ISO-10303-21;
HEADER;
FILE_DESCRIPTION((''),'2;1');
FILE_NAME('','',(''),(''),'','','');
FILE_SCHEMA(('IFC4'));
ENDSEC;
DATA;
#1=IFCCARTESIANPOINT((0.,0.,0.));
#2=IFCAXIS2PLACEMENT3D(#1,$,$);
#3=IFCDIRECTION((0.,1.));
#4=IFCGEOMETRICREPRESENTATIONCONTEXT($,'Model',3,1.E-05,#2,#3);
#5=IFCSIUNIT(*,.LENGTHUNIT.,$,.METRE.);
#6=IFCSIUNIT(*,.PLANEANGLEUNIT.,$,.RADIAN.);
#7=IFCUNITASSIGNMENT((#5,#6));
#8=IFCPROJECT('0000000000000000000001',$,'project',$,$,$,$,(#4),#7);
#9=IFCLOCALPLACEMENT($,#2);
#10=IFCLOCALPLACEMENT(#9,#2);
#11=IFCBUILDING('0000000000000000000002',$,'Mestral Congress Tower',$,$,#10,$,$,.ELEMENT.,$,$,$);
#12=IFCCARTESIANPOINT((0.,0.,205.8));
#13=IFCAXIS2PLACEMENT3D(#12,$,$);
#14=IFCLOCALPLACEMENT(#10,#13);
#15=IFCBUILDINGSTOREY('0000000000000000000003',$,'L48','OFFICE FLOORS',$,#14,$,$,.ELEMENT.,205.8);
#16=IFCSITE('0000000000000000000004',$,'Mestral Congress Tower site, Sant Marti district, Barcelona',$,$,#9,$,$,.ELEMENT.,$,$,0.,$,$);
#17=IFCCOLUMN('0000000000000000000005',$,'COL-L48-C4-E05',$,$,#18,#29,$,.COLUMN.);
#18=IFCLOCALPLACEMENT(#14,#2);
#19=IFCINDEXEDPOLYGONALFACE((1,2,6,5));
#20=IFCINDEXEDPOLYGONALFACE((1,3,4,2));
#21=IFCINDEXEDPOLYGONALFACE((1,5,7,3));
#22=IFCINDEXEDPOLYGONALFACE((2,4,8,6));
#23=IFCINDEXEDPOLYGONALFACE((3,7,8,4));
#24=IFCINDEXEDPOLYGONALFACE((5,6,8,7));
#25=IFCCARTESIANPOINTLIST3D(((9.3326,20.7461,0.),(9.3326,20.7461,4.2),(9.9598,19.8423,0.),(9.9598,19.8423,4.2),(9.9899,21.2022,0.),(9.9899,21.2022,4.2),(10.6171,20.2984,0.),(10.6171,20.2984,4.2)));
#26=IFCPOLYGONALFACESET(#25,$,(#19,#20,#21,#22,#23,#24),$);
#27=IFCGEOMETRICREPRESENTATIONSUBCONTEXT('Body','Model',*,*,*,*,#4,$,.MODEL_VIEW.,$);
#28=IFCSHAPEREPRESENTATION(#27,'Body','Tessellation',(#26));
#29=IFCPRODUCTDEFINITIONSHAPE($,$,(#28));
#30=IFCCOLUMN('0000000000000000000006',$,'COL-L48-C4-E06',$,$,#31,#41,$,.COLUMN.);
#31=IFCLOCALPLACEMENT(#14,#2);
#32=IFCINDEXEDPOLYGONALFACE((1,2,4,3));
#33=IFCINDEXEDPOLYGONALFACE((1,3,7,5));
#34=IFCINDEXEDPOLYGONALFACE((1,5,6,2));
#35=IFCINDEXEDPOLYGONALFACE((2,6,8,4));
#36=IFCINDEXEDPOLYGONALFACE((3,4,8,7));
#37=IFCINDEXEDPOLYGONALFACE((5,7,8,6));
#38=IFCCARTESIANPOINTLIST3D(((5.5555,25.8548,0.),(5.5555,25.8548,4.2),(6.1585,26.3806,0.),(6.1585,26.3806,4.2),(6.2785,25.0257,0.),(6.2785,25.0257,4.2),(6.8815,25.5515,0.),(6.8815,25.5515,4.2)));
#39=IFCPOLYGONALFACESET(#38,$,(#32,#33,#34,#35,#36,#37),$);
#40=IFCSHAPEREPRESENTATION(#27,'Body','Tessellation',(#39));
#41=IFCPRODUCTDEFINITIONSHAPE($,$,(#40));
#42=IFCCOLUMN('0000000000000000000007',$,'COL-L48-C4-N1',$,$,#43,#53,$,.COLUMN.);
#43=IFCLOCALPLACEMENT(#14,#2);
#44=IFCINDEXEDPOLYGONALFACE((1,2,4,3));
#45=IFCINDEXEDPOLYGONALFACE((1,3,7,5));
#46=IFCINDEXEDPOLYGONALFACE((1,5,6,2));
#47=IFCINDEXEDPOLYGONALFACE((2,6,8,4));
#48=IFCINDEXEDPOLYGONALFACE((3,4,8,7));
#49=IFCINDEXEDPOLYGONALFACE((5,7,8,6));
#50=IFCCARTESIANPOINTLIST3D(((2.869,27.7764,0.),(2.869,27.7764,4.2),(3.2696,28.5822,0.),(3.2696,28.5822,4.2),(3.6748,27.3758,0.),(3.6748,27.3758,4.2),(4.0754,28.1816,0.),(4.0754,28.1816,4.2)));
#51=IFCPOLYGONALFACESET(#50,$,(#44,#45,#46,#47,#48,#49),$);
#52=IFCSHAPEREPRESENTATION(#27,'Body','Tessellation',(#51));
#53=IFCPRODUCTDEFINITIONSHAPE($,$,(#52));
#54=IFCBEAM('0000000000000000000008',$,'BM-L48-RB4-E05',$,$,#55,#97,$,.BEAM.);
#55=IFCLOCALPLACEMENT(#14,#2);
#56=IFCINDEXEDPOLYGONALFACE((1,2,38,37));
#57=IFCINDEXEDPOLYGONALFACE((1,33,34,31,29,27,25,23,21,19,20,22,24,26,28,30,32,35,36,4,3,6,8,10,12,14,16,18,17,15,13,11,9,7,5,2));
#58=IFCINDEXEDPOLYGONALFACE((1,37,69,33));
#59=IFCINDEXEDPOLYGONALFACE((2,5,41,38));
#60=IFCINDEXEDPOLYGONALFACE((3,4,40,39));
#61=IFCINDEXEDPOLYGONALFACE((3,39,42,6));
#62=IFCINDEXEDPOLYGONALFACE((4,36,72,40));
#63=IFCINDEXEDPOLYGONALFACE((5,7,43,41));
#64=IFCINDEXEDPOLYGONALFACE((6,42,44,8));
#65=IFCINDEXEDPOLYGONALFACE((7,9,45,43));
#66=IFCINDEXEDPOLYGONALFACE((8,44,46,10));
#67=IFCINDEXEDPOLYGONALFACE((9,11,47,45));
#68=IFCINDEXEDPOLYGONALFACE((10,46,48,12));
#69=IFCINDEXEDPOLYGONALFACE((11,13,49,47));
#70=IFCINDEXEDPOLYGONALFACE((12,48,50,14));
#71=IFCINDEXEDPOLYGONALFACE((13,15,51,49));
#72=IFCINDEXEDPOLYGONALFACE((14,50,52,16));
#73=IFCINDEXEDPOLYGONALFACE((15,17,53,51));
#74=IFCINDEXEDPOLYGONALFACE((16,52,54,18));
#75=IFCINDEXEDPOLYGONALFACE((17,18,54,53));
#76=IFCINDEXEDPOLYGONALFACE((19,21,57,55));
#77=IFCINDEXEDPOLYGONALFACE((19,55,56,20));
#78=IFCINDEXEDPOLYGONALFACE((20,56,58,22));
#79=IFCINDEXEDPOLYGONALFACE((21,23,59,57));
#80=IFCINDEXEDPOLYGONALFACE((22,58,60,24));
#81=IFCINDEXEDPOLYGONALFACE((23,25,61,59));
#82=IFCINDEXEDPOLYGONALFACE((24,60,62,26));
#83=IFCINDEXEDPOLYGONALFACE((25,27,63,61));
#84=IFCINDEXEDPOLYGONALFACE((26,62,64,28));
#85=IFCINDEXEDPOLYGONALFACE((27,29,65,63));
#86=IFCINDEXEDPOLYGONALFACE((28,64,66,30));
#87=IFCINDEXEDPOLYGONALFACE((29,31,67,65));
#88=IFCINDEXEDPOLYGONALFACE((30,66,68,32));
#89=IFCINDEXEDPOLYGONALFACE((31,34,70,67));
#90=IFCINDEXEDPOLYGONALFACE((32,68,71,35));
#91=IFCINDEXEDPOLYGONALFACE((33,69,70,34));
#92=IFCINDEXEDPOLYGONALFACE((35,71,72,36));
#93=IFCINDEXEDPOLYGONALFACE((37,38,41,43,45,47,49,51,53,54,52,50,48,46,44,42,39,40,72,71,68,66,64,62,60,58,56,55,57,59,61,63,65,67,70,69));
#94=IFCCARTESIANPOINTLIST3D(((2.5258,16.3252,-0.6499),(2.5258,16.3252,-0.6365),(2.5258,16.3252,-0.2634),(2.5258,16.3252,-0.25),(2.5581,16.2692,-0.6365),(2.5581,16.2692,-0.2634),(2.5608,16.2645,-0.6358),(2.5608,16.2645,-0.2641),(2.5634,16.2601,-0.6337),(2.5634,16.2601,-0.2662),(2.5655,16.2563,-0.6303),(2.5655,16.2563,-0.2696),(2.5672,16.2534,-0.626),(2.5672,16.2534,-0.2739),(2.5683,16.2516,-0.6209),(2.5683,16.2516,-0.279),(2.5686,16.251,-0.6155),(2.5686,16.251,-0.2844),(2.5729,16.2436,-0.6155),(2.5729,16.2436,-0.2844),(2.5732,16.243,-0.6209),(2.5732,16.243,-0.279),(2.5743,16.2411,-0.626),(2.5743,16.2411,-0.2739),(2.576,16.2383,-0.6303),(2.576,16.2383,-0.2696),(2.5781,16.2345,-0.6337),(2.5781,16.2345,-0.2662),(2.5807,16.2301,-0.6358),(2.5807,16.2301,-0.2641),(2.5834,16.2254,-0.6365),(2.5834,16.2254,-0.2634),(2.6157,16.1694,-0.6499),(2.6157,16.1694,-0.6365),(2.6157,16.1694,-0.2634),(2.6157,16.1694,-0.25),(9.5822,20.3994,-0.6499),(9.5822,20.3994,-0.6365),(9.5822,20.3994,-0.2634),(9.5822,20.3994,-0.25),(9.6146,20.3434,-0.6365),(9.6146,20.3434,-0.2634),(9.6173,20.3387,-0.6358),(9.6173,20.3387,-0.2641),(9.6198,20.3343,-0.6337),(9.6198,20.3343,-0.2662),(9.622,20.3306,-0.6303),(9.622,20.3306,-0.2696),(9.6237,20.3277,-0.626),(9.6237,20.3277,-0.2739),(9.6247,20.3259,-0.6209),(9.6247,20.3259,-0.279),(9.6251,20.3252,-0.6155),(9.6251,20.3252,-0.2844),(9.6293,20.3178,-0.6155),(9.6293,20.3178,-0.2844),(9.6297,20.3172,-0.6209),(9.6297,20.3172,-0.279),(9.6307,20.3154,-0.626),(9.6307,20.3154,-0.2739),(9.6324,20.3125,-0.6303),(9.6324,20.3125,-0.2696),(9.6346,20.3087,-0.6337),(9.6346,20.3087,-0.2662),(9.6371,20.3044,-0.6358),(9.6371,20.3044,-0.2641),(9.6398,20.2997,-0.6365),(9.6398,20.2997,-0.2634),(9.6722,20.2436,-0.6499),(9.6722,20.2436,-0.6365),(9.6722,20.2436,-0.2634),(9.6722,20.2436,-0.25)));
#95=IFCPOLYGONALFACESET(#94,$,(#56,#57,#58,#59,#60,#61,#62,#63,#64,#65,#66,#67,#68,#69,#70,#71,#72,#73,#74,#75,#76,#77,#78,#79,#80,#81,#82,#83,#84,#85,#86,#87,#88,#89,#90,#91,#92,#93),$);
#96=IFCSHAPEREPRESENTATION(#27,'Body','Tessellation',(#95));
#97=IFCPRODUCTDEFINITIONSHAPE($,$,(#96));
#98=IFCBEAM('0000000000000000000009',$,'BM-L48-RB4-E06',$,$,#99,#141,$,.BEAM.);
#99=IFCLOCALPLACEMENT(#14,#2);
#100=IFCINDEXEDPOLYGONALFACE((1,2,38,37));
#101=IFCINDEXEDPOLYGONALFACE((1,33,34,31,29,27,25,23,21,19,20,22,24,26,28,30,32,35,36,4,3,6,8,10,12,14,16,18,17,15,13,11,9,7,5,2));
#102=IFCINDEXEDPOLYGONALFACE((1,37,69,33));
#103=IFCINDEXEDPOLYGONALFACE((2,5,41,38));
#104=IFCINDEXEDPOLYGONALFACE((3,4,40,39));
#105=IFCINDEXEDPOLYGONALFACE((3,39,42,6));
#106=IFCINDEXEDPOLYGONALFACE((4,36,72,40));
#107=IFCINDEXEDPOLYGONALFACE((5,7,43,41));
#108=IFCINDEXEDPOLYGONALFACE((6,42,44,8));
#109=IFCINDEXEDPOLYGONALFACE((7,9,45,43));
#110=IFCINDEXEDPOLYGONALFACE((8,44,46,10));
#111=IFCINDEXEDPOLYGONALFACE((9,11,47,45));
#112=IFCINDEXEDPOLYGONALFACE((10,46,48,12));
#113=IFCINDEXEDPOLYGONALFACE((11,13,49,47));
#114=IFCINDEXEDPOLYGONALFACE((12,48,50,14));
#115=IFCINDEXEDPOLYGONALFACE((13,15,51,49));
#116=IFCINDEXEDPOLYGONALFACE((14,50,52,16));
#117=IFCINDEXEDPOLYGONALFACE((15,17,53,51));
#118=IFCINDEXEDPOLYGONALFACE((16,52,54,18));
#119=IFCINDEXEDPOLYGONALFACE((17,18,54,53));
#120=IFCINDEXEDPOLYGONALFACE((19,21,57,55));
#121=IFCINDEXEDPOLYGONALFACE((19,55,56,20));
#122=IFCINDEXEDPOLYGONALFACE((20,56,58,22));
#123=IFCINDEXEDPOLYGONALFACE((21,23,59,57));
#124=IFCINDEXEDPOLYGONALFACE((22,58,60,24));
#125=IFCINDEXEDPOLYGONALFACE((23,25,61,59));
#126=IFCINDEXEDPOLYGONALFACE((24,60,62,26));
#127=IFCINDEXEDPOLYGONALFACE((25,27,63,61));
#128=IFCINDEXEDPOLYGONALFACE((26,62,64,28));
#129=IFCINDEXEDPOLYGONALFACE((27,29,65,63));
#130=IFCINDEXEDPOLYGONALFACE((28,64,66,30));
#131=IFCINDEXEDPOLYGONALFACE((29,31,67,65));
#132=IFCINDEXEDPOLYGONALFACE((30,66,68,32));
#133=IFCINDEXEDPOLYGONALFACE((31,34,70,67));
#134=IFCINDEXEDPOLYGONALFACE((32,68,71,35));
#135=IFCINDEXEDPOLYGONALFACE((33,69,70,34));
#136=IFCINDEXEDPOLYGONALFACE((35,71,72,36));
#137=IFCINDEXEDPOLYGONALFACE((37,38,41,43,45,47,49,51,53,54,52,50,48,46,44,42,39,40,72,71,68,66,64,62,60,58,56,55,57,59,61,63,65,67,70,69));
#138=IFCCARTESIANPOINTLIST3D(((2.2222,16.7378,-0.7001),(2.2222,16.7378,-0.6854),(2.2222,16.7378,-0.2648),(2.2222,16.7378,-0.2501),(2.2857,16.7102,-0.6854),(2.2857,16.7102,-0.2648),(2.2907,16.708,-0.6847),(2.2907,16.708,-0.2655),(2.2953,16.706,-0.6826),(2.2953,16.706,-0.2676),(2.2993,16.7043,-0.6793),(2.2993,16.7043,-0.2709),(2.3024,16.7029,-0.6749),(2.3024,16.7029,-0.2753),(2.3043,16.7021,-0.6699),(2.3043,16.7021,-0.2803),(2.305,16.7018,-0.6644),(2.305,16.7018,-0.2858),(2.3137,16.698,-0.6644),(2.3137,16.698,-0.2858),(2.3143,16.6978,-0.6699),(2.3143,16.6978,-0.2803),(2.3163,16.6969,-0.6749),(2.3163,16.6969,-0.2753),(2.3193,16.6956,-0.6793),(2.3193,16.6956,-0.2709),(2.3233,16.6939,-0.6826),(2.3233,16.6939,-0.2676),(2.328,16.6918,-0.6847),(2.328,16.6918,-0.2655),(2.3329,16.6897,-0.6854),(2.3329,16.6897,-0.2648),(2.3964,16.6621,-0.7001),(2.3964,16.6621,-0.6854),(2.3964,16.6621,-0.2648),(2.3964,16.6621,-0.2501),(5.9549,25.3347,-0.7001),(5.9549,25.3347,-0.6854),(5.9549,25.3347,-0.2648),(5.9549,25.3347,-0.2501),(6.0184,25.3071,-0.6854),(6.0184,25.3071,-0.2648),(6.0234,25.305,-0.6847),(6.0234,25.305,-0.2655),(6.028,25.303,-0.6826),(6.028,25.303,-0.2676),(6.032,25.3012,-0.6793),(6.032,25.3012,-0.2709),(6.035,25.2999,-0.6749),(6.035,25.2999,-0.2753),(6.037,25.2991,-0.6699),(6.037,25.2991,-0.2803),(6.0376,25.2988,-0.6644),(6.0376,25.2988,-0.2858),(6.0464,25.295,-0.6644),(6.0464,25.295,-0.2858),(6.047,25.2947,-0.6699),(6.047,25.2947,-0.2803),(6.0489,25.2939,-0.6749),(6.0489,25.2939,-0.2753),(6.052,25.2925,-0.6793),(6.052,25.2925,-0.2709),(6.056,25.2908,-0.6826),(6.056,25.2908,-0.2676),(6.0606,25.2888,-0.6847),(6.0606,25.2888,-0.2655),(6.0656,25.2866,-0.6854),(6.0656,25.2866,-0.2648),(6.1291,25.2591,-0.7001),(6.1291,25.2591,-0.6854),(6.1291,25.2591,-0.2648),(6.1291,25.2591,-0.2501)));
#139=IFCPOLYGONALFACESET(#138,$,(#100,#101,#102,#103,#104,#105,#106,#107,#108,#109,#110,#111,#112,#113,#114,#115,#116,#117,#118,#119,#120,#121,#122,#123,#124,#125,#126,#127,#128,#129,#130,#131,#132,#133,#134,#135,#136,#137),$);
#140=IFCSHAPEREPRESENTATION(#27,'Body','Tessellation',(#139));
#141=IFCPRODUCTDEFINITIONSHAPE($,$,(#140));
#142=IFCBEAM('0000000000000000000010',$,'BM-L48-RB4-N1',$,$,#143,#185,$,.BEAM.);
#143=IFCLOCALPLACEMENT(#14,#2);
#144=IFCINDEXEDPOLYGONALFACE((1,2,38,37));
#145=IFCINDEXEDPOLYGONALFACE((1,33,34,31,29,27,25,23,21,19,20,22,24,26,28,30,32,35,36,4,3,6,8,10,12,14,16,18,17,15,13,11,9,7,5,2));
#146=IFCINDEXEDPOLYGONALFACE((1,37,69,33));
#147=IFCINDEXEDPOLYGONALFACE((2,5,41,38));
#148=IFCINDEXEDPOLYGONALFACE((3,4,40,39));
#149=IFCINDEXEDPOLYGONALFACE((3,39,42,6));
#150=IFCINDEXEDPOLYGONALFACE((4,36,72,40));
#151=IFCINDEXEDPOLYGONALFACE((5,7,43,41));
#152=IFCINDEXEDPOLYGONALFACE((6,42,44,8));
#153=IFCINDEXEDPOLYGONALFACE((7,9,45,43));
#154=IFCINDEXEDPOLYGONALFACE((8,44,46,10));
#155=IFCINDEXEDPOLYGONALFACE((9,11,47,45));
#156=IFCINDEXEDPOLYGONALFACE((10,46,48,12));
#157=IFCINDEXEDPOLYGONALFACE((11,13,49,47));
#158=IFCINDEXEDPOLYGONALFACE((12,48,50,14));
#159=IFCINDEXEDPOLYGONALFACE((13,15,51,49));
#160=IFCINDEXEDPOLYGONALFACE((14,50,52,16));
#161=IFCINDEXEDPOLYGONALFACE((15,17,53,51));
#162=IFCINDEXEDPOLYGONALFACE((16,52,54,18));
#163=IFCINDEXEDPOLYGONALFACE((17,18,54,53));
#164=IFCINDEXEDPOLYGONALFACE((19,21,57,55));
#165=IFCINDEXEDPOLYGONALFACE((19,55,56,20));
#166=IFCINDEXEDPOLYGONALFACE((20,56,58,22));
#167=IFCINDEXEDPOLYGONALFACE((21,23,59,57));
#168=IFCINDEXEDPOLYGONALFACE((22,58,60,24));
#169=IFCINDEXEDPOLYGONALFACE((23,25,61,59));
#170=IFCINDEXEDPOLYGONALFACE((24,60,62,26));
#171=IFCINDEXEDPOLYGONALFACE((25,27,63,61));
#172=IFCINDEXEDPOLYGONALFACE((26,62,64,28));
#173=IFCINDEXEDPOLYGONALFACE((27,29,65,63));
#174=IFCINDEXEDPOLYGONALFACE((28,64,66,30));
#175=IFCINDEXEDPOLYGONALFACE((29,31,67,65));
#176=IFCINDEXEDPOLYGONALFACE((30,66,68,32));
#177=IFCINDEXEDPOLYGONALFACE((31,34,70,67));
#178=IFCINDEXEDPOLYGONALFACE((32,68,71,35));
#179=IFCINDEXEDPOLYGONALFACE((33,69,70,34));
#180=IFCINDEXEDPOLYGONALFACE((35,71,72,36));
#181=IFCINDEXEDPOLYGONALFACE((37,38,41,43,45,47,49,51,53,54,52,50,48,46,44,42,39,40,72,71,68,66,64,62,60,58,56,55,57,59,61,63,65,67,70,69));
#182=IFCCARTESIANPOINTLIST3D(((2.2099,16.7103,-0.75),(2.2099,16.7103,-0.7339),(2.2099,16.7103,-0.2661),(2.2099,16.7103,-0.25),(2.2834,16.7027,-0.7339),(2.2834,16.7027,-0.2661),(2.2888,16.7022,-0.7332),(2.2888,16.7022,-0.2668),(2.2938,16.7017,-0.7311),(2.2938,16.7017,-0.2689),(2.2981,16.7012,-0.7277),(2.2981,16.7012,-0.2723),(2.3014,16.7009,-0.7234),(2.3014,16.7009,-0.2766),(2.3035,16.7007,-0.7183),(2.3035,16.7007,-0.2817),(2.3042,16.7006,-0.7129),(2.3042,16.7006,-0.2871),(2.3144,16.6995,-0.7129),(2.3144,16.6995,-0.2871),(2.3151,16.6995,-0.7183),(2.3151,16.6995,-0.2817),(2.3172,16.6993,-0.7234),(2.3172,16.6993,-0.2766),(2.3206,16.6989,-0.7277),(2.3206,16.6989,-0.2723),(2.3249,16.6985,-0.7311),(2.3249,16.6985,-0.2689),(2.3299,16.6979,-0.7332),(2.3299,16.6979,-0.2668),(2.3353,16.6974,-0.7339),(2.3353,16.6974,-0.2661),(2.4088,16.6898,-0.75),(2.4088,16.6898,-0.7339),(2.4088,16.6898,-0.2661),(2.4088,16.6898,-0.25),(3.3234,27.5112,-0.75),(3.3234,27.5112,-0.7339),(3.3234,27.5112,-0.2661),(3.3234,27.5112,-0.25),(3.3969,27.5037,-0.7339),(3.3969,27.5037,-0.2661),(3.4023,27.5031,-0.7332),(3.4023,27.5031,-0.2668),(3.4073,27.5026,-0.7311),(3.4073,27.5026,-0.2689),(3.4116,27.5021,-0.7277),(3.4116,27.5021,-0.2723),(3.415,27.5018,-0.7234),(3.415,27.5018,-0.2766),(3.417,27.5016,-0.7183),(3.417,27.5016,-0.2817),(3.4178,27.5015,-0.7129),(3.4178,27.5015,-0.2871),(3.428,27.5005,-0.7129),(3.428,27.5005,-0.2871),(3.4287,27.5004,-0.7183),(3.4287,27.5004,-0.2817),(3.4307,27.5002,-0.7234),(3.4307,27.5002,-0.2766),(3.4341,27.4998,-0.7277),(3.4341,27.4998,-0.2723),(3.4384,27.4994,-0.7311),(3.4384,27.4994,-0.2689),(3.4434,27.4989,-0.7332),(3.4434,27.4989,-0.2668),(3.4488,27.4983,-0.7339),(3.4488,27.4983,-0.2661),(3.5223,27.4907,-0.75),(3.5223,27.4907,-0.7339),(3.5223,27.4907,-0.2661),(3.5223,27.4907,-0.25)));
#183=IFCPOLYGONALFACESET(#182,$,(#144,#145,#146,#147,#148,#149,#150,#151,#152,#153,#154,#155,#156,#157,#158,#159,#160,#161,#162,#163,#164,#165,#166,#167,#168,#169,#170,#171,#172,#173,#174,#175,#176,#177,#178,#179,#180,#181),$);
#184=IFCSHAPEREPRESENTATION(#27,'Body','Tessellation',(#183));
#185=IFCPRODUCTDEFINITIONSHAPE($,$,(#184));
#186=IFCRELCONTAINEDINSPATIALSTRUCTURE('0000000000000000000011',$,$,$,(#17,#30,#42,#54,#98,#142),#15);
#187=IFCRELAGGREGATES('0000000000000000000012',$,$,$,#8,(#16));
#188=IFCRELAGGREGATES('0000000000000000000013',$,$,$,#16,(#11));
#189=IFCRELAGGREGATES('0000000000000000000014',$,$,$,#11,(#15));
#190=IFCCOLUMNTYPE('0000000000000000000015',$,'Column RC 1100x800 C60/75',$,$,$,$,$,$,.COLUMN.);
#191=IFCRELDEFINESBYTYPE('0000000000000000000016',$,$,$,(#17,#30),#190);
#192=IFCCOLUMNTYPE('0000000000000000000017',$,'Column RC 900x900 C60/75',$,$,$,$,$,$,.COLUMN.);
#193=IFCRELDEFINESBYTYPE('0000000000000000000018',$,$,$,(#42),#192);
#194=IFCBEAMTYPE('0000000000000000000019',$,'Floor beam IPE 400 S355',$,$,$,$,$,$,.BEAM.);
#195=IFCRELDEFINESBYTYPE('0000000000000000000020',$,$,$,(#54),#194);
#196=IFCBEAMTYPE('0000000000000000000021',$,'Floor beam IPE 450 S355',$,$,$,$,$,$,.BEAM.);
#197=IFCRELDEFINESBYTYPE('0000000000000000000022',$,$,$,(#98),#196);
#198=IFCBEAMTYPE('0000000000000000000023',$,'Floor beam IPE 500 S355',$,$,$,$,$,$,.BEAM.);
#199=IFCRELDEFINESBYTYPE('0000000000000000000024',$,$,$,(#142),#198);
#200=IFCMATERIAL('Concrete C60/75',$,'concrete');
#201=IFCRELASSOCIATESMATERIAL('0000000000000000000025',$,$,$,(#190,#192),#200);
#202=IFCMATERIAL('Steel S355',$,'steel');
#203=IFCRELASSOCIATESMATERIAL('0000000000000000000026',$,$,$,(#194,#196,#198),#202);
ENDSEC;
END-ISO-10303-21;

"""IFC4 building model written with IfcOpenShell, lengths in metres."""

from ifc_helpers import new_model, si_unit, direction, frame, origin, origin_2d, place, context, subcontext, project, spatial, rectangle, i_section, extrude, material, material_profile, profile_set, type_object, element, save


model = new_model("IFC4")

# Units and contexts
model_context = context("Model", 3, precision=1e-05, world=origin(), true_north=direction((0.0, 1.0)))
body_context = subcontext(model_context, "Body", "Model", "MODEL_VIEW")
ifc_project = project(units=[si_unit("LENGTHUNIT", "METRE"), si_unit("PLANEANGLEUNIT", "RADIAN")], contexts=[model_context])

# Site, building, storey
site_placement = place(None, origin())
site = spatial("IfcSite", under=ifc_project, at=site_placement, Name="Mestral Congress Tower site, Sant Marti district, Barcelona", CompositionType="ELEMENT", RefElevation=0.0)
building_placement = place(site_placement, origin())
building = spatial("IfcBuilding", under=site, at=building_placement, Name="Mestral Congress Tower", CompositionType="ELEMENT")
storey_placement = place(building_placement, frame((0.0, 0.0, 205.8)))
storey = spatial("IfcBuildingStorey", under=building, at=storey_placement, Name="L48", Description="OFFICE FLOORS", CompositionType="ELEMENT", Elevation=205.8)

# Columns
ifc_material_1 = material(Name="Concrete C60/75", Category="concrete")
ifc_material_profile_1 = material_profile(ifc_material_1, rectangle(XDim=1.1001, YDim=0.8, at=origin_2d()), Name="RC 1100x800")
ifc_profile_set_1 = profile_set([ifc_material_profile_1], Name="Concrete C60/75")
column_type_1 = type_object("IfcColumnType", Name="Column RC 1100x800 C60/75", PredefinedType="COLUMN", material=ifc_profile_set_1)
for number, where, z_axis, x_axis, name in (
    (1, (9.9749, 20.5222, 0.0), (0.0, 0.0, 1.0), (-0.570084, 0.821586, 0.0), "COL-L48-C4-E05"),
    (2, (6.2185, 25.7031, 0.0), (0.0, 0.0, 1.0), (-0.65725, 0.753672, 0.0), "COL-L48-C4-E06"),
):
    element("IfcColumn", number, at=place(storey_placement, frame(where, z_axis=z_axis, x_axis=x_axis)), inside=storey, type_object=column_type_1, Name=name, PredefinedType="COLUMN", context=body_context, shape_type="SweptSolid", body=[
        extrude(rectangle(XDim=1.1001, YDim=0.8, at=origin_2d()), origin(), (0.0, 0.0, 1.0), 4.2),
    ])
ifc_material_profile_2 = material_profile(ifc_material_1, rectangle(XDim=0.8999, YDim=0.8999, at=origin_2d()), Name="RC 900x900")
ifc_profile_set_2 = profile_set([ifc_material_profile_2], Name="Concrete C60/75")
column_type_2 = type_object("IfcColumnType", Name="Column RC 900x900 C60/75", PredefinedType="COLUMN", material=ifc_profile_set_2)
column_placement = place(storey_placement, frame((3.4722, 27.979, 0.0), z_axis=(0.0, 0.0, 1.0), x_axis=(-0.895456, 0.445149, 0.0)))
element("IfcColumn", 3, at=column_placement, inside=storey, type_object=column_type_2, Name="COL-L48-C4-N1", PredefinedType="COLUMN", context=body_context, shape_type="SweptSolid", body=[
    extrude(rectangle(XDim=0.8999, YDim=0.8999, at=origin_2d()), origin(), (0.0, 0.0, 1.0), 4.2),
])

# Beams
ifc_material_2 = material(Name="Steel S355", Category="steel")
ifc_material_profile_3 = material_profile(ifc_material_2, i_section(OverallWidth=0.1799, OverallDepth=0.3999, WebThickness=0.0085, FlangeThickness=0.0134, FilletRadius=0.021, at=origin_2d()), Name="IPE 400")
ifc_profile_set_3 = profile_set([ifc_material_profile_3], Name="Steel S355")
beam_type_1 = type_object("IfcBeamType", Name="Floor beam IPE 400 S355", PredefinedType="BEAM", material=ifc_profile_set_3)
beam_1_placement = place(storey_placement, frame((9.6272, 20.3215, -0.45), z_axis=(-0.866014, -0.500019, 0.0), x_axis=(0.500019, -0.866014, 0.0)))
element("IfcBeam", 4, at=beam_1_placement, inside=storey, type_object=beam_type_1, Name="BM-L48-RB4-E05", PredefinedType="BEAM", context=body_context, shape_type="SweptSolid", body=[
    extrude(i_section(OverallWidth=0.1799, OverallDepth=0.3999, WebThickness=0.0085, FlangeThickness=0.0134, FilletRadius=0.021, at=origin_2d()), origin(), (0.0, 0.0, 1.0), 8.1482),
])
ifc_material_profile_4 = material_profile(ifc_material_2, i_section(OverallWidth=0.1899, OverallDepth=0.45, WebThickness=0.0095, FlangeThickness=0.0146, FilletRadius=0.021, at=origin_2d()), Name="IPE 450")
ifc_profile_set_4 = profile_set([ifc_material_profile_4], Name="Steel S355")
beam_type_2 = type_object("IfcBeamType", Name="Floor beam IPE 450 S355", PredefinedType="BEAM", material=ifc_profile_set_4)
beam_2_placement = place(storey_placement, frame((6.042, 25.2969, -0.4751), z_axis=(-0.398266, -0.91727, 0.0), x_axis=(0.91727, -0.398266, 0.0)))
element("IfcBeam", 5, at=beam_2_placement, inside=storey, type_object=beam_type_2, Name="BM-L48-RB4-E06", PredefinedType="BEAM", context=body_context, shape_type="SweptSolid", body=[
    extrude(i_section(OverallWidth=0.1899, OverallDepth=0.45, WebThickness=0.0095, FlangeThickness=0.0146, FilletRadius=0.021, at=origin_2d()), origin(), (0.0, 0.0, 1.0), 9.3723),
])
ifc_material_profile_5 = material_profile(ifc_material_2, i_section(OverallWidth=0.2, OverallDepth=0.5, WebThickness=0.0103, FlangeThickness=0.0161, FilletRadius=0.021, at=origin_2d()), Name="IPE 500")
ifc_profile_set_5 = profile_set([ifc_material_profile_5], Name="Steel S355")
beam_type_3 = type_object("IfcBeamType", Name="Floor beam IPE 500 S355", PredefinedType="BEAM", material=ifc_profile_set_5)
beam_3_placement = place(storey_placement, frame((3.4229, 27.501, -0.5), z_axis=(-0.102551, -0.994728, 0.0), x_axis=(0.994728, -0.102551, 0.0)))
element("IfcBeam", 6, at=beam_3_placement, inside=storey, type_object=beam_type_3, Name="BM-L48-RB4-N1", PredefinedType="BEAM", context=body_context, shape_type="SweptSolid", body=[
    extrude(i_section(OverallWidth=0.2, OverallDepth=0.5, WebThickness=0.0103, FlangeThickness=0.0161, FilletRadius=0.021, at=origin_2d()), origin(), (0.0, 0.0, 1.0), 10.8582),
])

save(model, "model.ifc")
